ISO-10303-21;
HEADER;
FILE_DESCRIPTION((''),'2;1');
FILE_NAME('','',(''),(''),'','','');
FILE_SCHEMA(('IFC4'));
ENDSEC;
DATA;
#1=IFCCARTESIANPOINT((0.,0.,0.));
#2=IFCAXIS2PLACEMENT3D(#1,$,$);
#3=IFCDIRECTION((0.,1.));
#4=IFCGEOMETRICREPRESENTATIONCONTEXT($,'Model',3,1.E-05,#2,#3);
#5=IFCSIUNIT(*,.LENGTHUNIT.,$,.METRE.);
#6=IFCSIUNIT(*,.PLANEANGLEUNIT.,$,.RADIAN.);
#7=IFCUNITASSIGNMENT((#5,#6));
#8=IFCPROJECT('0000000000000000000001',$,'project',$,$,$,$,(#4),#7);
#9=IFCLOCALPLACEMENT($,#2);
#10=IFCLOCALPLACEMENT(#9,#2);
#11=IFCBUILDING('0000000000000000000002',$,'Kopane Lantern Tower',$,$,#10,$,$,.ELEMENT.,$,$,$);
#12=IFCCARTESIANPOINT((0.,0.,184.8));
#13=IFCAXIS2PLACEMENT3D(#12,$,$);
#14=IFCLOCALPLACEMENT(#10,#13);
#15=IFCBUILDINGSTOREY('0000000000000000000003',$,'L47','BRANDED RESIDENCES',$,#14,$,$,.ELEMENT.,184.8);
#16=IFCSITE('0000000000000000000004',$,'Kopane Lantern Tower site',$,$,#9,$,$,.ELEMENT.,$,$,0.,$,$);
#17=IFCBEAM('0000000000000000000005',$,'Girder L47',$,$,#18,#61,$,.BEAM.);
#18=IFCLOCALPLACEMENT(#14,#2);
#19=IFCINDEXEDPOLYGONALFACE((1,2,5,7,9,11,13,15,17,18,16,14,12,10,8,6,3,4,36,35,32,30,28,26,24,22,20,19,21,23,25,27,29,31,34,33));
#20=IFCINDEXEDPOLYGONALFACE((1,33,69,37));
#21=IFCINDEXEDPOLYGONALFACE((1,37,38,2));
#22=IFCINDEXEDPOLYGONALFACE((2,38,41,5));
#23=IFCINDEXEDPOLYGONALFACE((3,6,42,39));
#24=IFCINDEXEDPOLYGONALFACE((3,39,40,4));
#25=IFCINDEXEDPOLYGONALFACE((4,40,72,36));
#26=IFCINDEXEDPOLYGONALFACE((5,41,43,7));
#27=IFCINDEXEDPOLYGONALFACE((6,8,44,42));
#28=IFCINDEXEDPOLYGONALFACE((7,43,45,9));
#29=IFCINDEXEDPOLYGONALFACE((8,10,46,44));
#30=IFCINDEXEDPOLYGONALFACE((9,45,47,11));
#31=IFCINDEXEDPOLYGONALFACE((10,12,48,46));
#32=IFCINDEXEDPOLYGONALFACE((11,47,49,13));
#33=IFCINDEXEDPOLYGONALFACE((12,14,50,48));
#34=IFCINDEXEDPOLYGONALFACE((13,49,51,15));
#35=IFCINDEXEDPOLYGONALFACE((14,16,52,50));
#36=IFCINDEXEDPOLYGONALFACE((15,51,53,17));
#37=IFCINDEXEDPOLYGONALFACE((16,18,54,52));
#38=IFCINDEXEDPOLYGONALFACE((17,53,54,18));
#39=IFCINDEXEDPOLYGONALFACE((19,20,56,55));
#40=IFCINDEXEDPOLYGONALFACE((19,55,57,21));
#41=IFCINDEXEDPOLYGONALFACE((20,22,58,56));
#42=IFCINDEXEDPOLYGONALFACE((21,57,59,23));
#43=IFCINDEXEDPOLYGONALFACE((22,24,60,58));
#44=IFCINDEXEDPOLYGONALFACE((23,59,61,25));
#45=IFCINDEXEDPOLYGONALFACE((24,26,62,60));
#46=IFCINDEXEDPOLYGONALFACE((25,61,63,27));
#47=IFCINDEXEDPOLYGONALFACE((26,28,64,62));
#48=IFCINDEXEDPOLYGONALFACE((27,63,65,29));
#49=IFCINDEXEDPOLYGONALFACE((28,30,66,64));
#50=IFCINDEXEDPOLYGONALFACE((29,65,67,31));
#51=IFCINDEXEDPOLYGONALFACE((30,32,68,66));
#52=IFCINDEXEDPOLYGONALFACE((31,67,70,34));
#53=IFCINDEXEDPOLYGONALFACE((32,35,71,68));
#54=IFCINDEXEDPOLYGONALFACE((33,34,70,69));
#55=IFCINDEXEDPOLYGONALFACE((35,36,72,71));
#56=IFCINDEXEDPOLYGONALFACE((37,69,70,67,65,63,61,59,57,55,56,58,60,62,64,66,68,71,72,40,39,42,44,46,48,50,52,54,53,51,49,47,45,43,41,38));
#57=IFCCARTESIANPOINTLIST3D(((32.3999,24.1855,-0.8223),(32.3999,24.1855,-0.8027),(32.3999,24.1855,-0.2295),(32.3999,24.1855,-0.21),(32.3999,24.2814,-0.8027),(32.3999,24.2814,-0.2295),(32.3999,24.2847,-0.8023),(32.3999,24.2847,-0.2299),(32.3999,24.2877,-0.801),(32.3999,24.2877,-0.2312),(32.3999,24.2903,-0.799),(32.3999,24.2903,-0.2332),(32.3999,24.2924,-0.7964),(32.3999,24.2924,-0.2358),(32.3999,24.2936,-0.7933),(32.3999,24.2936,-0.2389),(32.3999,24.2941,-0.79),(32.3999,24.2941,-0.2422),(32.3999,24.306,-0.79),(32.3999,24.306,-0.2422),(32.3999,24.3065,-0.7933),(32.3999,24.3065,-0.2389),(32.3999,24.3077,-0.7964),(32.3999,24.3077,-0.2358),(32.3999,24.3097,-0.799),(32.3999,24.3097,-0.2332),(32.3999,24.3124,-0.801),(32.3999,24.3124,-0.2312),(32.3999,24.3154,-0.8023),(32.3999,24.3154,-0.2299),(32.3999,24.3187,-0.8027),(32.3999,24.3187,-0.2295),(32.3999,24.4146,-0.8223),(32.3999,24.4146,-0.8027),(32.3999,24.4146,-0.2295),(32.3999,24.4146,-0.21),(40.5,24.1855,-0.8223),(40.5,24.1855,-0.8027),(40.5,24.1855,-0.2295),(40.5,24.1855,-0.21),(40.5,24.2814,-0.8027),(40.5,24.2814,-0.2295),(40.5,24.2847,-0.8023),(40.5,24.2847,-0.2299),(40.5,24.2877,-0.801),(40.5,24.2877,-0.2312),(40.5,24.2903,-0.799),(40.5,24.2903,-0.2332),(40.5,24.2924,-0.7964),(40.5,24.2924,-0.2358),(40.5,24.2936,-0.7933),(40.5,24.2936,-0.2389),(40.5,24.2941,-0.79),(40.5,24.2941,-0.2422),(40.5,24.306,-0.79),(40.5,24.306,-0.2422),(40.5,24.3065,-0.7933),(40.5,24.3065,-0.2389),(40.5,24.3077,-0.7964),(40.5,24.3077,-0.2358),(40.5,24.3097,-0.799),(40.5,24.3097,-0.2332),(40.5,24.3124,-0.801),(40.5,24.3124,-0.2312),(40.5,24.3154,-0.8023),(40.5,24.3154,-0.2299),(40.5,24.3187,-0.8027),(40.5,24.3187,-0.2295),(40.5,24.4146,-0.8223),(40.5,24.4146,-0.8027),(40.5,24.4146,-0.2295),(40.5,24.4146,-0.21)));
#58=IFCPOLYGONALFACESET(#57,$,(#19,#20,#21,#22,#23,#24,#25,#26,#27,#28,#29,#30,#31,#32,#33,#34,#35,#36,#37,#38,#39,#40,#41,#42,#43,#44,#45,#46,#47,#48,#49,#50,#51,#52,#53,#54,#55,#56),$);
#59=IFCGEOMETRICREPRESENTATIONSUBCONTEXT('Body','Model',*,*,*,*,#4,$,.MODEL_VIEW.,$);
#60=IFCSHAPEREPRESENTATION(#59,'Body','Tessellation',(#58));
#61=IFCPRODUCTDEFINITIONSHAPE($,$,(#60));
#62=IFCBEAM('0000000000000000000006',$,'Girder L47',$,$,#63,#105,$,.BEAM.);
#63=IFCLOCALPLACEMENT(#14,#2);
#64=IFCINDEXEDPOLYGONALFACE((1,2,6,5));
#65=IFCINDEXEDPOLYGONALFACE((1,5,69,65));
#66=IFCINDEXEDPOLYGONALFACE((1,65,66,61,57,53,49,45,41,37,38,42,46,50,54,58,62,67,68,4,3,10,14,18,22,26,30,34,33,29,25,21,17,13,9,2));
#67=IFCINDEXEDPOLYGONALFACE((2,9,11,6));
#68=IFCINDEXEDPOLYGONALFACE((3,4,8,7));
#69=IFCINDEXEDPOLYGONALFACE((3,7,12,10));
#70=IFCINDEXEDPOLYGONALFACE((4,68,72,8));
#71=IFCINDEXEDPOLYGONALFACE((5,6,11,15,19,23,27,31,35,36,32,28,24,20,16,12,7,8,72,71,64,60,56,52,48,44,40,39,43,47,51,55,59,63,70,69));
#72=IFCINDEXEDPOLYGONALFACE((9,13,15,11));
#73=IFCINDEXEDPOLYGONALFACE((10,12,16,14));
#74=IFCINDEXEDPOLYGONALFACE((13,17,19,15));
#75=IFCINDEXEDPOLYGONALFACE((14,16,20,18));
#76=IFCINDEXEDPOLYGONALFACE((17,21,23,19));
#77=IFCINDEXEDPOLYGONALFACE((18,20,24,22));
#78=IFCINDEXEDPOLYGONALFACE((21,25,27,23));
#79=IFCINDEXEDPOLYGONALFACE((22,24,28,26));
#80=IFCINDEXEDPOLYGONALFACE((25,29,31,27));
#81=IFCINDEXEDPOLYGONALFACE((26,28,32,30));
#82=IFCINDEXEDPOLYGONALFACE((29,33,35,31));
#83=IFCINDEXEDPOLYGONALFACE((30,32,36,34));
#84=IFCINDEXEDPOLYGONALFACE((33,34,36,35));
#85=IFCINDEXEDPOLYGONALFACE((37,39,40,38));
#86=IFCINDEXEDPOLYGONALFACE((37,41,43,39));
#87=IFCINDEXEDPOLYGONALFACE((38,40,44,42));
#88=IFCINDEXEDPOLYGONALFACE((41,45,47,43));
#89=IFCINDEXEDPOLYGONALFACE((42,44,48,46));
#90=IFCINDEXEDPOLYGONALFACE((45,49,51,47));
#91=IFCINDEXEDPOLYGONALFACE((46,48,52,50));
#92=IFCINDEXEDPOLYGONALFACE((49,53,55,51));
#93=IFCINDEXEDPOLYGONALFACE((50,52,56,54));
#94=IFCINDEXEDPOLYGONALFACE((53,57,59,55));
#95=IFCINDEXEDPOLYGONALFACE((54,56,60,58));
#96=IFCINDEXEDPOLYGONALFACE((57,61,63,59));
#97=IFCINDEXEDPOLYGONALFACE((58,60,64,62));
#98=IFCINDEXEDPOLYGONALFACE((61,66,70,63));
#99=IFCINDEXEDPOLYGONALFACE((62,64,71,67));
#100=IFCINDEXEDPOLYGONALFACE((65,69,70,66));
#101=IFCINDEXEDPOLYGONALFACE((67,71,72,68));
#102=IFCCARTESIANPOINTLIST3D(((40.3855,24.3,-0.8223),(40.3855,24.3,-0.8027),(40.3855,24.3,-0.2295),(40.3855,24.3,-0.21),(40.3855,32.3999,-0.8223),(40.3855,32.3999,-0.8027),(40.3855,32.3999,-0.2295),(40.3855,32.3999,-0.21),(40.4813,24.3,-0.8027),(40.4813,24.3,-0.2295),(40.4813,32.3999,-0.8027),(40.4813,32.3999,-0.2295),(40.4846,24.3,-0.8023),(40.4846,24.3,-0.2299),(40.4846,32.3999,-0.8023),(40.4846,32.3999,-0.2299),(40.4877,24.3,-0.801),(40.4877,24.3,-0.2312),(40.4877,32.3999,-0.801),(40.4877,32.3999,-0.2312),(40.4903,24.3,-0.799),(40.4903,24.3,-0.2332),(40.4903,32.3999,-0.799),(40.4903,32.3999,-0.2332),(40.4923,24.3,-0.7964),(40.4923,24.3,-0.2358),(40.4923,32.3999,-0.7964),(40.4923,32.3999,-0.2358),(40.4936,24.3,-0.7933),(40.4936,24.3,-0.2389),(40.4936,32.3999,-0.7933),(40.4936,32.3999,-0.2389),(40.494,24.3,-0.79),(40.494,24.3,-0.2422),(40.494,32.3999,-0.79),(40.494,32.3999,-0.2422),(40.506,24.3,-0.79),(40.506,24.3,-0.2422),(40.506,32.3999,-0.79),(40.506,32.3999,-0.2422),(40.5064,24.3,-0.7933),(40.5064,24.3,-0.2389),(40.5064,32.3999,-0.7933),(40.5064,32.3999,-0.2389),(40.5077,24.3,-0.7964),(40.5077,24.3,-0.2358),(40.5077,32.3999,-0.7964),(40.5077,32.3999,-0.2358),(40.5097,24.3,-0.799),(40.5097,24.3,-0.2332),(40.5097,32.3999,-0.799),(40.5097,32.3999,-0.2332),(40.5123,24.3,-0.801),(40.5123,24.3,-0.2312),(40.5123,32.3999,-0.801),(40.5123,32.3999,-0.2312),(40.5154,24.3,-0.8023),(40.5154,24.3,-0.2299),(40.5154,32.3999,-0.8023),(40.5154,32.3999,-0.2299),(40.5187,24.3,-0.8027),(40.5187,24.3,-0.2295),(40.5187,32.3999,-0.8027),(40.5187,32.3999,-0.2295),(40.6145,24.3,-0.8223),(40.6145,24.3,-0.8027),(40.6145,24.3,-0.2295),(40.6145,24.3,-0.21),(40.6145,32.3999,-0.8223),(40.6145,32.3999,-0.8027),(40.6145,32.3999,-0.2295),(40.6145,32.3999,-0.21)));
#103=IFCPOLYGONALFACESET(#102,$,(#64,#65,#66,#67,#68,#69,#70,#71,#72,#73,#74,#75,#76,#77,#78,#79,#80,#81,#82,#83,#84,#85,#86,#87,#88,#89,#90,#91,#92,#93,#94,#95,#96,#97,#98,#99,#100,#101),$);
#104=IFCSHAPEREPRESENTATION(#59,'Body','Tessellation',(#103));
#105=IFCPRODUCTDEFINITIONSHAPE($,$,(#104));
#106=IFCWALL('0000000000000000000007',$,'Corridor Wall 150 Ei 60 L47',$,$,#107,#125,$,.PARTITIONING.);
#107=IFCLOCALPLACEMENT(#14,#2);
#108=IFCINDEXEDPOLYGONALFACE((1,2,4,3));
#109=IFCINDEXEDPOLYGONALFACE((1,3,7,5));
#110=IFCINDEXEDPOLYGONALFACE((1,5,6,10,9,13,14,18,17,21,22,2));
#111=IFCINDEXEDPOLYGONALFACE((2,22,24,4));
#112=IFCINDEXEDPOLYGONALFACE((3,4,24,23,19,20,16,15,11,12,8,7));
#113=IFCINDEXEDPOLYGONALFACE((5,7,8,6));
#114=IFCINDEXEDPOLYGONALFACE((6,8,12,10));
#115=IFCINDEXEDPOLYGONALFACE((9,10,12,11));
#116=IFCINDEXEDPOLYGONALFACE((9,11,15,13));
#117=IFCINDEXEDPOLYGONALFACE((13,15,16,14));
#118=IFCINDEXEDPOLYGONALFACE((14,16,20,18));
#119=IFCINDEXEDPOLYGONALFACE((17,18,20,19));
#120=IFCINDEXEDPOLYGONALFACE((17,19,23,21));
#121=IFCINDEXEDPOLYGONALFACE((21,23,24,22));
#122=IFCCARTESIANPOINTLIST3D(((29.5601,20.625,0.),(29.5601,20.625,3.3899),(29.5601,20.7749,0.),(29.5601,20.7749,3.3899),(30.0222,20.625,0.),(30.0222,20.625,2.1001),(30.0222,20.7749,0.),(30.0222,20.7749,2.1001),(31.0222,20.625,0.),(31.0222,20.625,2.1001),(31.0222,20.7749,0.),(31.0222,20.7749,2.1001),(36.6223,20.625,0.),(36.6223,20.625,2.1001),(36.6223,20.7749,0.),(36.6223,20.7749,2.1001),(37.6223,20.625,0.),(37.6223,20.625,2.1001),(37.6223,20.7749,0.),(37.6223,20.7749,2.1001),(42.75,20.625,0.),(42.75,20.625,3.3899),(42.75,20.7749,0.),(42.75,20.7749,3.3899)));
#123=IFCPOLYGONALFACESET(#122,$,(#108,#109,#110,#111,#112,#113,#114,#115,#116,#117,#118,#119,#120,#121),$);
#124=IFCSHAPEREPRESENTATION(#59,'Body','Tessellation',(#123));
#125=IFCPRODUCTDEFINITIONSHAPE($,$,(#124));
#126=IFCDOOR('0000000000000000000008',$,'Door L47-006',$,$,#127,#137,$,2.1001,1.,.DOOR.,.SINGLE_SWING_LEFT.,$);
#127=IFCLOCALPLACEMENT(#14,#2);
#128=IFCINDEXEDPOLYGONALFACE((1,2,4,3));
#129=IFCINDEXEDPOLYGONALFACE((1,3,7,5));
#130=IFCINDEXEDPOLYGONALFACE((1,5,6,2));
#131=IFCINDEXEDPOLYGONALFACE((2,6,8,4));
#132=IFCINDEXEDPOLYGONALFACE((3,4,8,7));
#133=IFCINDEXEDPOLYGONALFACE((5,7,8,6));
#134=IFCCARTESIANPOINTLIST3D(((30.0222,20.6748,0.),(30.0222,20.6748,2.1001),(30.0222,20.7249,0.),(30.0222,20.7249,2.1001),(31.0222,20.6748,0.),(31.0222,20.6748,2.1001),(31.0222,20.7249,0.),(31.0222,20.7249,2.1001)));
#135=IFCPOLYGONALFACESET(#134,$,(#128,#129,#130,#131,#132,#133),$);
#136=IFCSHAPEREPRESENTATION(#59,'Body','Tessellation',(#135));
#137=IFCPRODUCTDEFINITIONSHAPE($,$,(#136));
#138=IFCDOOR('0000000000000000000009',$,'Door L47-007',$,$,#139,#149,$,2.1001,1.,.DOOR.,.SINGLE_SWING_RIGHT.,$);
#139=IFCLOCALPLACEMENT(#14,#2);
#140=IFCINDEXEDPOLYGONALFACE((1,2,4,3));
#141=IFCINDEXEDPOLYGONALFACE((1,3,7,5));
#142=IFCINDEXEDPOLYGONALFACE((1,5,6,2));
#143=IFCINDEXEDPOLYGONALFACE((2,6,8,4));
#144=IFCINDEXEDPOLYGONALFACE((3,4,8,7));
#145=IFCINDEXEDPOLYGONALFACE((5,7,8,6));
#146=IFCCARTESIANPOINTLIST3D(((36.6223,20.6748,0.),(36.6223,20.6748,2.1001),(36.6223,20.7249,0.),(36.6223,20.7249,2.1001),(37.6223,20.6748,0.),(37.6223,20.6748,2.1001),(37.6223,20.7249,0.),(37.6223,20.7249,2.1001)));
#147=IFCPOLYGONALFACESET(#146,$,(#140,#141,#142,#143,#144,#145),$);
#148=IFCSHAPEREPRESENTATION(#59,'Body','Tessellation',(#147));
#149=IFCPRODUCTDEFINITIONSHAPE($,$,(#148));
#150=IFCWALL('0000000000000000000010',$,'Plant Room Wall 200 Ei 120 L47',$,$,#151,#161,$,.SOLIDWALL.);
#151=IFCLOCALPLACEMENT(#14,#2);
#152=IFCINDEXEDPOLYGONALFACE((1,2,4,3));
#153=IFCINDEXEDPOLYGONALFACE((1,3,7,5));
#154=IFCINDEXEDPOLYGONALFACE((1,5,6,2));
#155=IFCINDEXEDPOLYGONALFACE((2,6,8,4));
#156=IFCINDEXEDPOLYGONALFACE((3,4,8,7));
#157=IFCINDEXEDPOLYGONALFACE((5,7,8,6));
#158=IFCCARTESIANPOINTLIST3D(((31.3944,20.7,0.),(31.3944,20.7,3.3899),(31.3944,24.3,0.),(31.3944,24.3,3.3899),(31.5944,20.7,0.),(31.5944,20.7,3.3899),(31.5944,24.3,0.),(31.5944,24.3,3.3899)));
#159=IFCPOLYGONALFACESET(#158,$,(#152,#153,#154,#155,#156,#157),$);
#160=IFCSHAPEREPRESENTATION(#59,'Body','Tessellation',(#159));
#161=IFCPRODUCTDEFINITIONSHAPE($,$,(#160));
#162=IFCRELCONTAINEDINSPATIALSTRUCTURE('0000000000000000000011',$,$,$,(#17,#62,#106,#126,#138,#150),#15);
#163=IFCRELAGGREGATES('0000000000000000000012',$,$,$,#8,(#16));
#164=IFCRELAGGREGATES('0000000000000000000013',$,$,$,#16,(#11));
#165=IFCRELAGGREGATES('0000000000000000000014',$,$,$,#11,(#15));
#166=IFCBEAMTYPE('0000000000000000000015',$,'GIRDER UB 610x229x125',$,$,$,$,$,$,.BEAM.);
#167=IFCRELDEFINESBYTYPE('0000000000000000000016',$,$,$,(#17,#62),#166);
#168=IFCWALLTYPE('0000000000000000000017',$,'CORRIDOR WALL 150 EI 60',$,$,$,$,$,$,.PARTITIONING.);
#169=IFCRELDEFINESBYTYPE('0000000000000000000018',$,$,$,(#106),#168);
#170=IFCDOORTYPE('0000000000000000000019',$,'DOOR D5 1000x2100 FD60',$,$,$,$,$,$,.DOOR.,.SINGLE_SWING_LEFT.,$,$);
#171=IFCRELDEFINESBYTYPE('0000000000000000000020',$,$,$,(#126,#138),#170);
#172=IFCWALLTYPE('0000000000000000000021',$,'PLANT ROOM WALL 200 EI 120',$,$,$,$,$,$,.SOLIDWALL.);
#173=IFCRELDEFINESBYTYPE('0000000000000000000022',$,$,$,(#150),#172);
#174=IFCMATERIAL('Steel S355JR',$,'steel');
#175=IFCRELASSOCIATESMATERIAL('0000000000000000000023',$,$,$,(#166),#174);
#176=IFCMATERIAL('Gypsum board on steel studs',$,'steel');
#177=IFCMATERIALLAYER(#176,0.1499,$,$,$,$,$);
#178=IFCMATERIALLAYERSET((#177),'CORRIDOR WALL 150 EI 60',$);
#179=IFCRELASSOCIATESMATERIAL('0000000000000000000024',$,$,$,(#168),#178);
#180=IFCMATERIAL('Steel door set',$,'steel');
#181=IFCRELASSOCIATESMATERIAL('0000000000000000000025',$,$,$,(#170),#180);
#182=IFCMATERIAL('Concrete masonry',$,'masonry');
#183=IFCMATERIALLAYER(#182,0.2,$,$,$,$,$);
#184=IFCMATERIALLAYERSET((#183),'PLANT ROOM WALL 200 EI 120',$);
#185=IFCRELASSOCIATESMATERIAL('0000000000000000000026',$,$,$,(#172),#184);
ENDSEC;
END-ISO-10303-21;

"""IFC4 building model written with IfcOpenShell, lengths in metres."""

from ifc_helpers import new_model, si_unit, direction, frame, frame_2d, origin, origin_2d, place, context, subcontext, project, spatial, rectangle, i_section, extrude, material, layer, layer_set, material_profile, profile_set, type_object, element, fill, save


model = new_model("IFC4")

# Units and contexts
model_context = context("Model", 3, precision=1e-05, world=origin(), true_north=direction((0.0, 1.0)))
body_context = subcontext(model_context, "Body", "Model", "MODEL_VIEW")
ifc_project = project(units=[si_unit("LENGTHUNIT", "METRE"), si_unit("PLANEANGLEUNIT", "RADIAN")], contexts=[model_context])

# Site, building, storey
site_placement = place(None, origin())
site = spatial("IfcSite", under=ifc_project, at=site_placement, Name="Kopane Lantern Tower site", CompositionType="ELEMENT", RefElevation=0.0)
building_placement = place(site_placement, origin())
building = spatial("IfcBuilding", under=site, at=building_placement, Name="Kopane Lantern Tower", CompositionType="ELEMENT")
storey_placement = place(building_placement, frame((0.0, 0.0, 184.8)))
storey = spatial("IfcBuildingStorey", under=building, at=storey_placement, Name="L47", Description="BRANDED RESIDENCES", CompositionType="ELEMENT", Elevation=184.8)

# Beams
ifc_material_1 = material(Name="Steel S355JR", Category="steel")
ifc_material_profile_1 = material_profile(ifc_material_1, i_section(OverallWidth=0.229, OverallDepth=0.6123, WebThickness=0.012, FlangeThickness=0.0195, FilletRadius=0.0127, at=origin_2d()), Name="UB 610x229x125")
ifc_profile_set_1 = profile_set([ifc_material_profile_1], Name="Steel S355JR")
beam_type_1 = type_object("IfcBeamType", Name="GIRDER UB 610x229x125", PredefinedType="BEAM", material=ifc_profile_set_1)
beam_1_placement = place(storey_placement, frame((32.3999, 24.3, -0.5161), z_axis=(1.0, 0.0, 0.0), x_axis=(0.0, 1.0, 0.0)))
element("IfcBeam", 1, at=beam_1_placement, inside=storey, type_object=beam_type_1, Name="Girder L47", PredefinedType="BEAM", context=body_context, shape_type="SweptSolid", body=[
    extrude(i_section(OverallWidth=0.229, OverallDepth=0.6123, WebThickness=0.012, FlangeThickness=0.0195, FilletRadius=0.0127, at=origin_2d()), origin(), (0.0, 0.0, 1.0), 8.1001),
])
beam_2_placement = place(storey_placement, frame((40.5, 24.3, -0.5161), z_axis=(0.0, 1.0, 0.0), x_axis=(-1.0, 0.0, 0.0)))
element("IfcBeam", 2, at=beam_2_placement, inside=storey, type_object=beam_type_1, Name="Girder L47", PredefinedType="BEAM", context=body_context, shape_type="SweptSolid", body=[
    extrude(i_section(OverallWidth=0.229, OverallDepth=0.6123, WebThickness=0.012, FlangeThickness=0.0195, FilletRadius=0.0127, at=origin_2d()), origin(), (0.0, 0.0, 1.0), 8.0999),
])

# Wall, openings, doors
ifc_material_2 = material(Name="Gypsum board on steel studs", Category="steel")
ifc_layer_1 = layer(ifc_material_2, 0.1499)
ifc_layer_set_1 = layer_set([ifc_layer_1], Name="CORRIDOR WALL 150 EI 60")
wall_type_1 = type_object("IfcWallType", Name="CORRIDOR WALL 150 EI 60", PredefinedType="PARTITIONING", material=ifc_layer_set_1)
wall_1_placement = place(storey_placement, frame((29.5601, 20.7, 0.0), z_axis=(0.0, 0.0, 1.0), x_axis=(1.0, 0.0, 0.0)))
wall_1 = element("IfcWall", 3, at=wall_1_placement, inside=storey, type_object=wall_type_1, Name="Corridor Wall 150 Ei 60 L47", PredefinedType="PARTITIONING", context=body_context, shape_type="SweptSolid", body=[
    extrude(rectangle(XDim=13.1899, YDim=0.1499, at=frame_2d((6.595, 0.0))), origin(), (0.0, 0.0, 1.0), 3.3899),
])
opening_1_placement = place(wall_1_placement, frame((0.4622, 0.0, 0.0)))
opening_1 = element("IfcOpeningElement", 4, at=opening_1_placement, cuts=wall_1, PredefinedType="OPENING", context=body_context, shape_type="SweptSolid", body=[
    extrude(rectangle(XDim=1.0, YDim=2.1001, at=frame_2d((0.5, 1.05))), frame((0.0, 0.085, 0.0), z_axis=(0.0, -1.0, 0.0), x_axis=(1.0, 0.0, 0.0)), (0.0, 0.0, 1.0), 0.1699),
])
opening_2_placement = place(wall_1_placement, frame((7.0623, 0.0, 0.0)))
opening_2 = element("IfcOpeningElement", 5, at=opening_2_placement, cuts=wall_1, PredefinedType="OPENING", context=body_context, shape_type="SweptSolid", body=[
    extrude(rectangle(XDim=1.0, YDim=2.1001, at=frame_2d((0.5, 1.05))), frame((0.0, 0.085, 0.0), z_axis=(0.0, -1.0, 0.0), x_axis=(1.0, 0.0, 0.0)), (0.0, 0.0, 1.0), 0.1699),
])
ifc_material_3 = material(Name="Steel door set", Category="steel")
door_type_1 = type_object("IfcDoorType", Name="DOOR D5 1000x2100 FD60", OperationType="SINGLE_SWING_LEFT", PredefinedType="DOOR", material=ifc_material_3)
door_1_placement = place(opening_1_placement, origin())
door_1 = element("IfcDoor", 6, at=door_1_placement, inside=storey, type_object=door_type_1, Name="Door L47-006", OperationType="SINGLE_SWING_LEFT", OverallHeight=2.1001, OverallWidth=1.0, PredefinedType="DOOR", context=body_context, shape_type="SweptSolid", body=[
    extrude(rectangle(XDim=1.0, YDim=2.1001, at=frame_2d((0.5, 1.05))), frame((0.0, 0.0249, 0.0), z_axis=(0.0, -1.0, 0.0), x_axis=(1.0, 0.0, 0.0)), (0.0, 0.0, 1.0), 0.05),
])
fill(opening_1, door_1)
door_2_placement = place(opening_2_placement, origin())
door_2 = element("IfcDoor", 7, at=door_2_placement, inside=storey, type_object=door_type_1, Name="Door L47-007", OperationType="SINGLE_SWING_RIGHT", OverallHeight=2.1001, OverallWidth=1.0, PredefinedType="DOOR", context=body_context, shape_type="SweptSolid", body=[
    extrude(rectangle(XDim=1.0, YDim=2.1001, at=frame_2d((0.5, 1.05))), frame((0.0, 0.0249, 0.0), z_axis=(0.0, -1.0, 0.0), x_axis=(1.0, 0.0, 0.0)), (0.0, 0.0, 1.0), 0.05),
])
fill(opening_2, door_2)

# Wall
ifc_material_4 = material(Name="Concrete masonry", Category="masonry")
ifc_layer_2 = layer(ifc_material_4, 0.2)
ifc_layer_set_2 = layer_set([ifc_layer_2], Name="PLANT ROOM WALL 200 EI 120")
wall_type_2 = type_object("IfcWallType", Name="PLANT ROOM WALL 200 EI 120", PredefinedType="SOLIDWALL", material=ifc_layer_set_2)
wall_2_placement = place(storey_placement, frame((31.4944, 20.7, 0.0), z_axis=(0.0, 0.0, 1.0), x_axis=(0.0, 1.0, 0.0)))
element("IfcWall", 8, at=wall_2_placement, inside=storey, type_object=wall_type_2, Name="Plant Room Wall 200 Ei 120 L47", PredefinedType="SOLIDWALL", context=body_context, shape_type="SweptSolid", body=[
    extrude(rectangle(XDim=3.6001, YDim=0.2, at=frame_2d((1.8, 0.0))), origin(), (0.0, 0.0, 1.0), 3.3899),
])

save(model, "model.ifc")
